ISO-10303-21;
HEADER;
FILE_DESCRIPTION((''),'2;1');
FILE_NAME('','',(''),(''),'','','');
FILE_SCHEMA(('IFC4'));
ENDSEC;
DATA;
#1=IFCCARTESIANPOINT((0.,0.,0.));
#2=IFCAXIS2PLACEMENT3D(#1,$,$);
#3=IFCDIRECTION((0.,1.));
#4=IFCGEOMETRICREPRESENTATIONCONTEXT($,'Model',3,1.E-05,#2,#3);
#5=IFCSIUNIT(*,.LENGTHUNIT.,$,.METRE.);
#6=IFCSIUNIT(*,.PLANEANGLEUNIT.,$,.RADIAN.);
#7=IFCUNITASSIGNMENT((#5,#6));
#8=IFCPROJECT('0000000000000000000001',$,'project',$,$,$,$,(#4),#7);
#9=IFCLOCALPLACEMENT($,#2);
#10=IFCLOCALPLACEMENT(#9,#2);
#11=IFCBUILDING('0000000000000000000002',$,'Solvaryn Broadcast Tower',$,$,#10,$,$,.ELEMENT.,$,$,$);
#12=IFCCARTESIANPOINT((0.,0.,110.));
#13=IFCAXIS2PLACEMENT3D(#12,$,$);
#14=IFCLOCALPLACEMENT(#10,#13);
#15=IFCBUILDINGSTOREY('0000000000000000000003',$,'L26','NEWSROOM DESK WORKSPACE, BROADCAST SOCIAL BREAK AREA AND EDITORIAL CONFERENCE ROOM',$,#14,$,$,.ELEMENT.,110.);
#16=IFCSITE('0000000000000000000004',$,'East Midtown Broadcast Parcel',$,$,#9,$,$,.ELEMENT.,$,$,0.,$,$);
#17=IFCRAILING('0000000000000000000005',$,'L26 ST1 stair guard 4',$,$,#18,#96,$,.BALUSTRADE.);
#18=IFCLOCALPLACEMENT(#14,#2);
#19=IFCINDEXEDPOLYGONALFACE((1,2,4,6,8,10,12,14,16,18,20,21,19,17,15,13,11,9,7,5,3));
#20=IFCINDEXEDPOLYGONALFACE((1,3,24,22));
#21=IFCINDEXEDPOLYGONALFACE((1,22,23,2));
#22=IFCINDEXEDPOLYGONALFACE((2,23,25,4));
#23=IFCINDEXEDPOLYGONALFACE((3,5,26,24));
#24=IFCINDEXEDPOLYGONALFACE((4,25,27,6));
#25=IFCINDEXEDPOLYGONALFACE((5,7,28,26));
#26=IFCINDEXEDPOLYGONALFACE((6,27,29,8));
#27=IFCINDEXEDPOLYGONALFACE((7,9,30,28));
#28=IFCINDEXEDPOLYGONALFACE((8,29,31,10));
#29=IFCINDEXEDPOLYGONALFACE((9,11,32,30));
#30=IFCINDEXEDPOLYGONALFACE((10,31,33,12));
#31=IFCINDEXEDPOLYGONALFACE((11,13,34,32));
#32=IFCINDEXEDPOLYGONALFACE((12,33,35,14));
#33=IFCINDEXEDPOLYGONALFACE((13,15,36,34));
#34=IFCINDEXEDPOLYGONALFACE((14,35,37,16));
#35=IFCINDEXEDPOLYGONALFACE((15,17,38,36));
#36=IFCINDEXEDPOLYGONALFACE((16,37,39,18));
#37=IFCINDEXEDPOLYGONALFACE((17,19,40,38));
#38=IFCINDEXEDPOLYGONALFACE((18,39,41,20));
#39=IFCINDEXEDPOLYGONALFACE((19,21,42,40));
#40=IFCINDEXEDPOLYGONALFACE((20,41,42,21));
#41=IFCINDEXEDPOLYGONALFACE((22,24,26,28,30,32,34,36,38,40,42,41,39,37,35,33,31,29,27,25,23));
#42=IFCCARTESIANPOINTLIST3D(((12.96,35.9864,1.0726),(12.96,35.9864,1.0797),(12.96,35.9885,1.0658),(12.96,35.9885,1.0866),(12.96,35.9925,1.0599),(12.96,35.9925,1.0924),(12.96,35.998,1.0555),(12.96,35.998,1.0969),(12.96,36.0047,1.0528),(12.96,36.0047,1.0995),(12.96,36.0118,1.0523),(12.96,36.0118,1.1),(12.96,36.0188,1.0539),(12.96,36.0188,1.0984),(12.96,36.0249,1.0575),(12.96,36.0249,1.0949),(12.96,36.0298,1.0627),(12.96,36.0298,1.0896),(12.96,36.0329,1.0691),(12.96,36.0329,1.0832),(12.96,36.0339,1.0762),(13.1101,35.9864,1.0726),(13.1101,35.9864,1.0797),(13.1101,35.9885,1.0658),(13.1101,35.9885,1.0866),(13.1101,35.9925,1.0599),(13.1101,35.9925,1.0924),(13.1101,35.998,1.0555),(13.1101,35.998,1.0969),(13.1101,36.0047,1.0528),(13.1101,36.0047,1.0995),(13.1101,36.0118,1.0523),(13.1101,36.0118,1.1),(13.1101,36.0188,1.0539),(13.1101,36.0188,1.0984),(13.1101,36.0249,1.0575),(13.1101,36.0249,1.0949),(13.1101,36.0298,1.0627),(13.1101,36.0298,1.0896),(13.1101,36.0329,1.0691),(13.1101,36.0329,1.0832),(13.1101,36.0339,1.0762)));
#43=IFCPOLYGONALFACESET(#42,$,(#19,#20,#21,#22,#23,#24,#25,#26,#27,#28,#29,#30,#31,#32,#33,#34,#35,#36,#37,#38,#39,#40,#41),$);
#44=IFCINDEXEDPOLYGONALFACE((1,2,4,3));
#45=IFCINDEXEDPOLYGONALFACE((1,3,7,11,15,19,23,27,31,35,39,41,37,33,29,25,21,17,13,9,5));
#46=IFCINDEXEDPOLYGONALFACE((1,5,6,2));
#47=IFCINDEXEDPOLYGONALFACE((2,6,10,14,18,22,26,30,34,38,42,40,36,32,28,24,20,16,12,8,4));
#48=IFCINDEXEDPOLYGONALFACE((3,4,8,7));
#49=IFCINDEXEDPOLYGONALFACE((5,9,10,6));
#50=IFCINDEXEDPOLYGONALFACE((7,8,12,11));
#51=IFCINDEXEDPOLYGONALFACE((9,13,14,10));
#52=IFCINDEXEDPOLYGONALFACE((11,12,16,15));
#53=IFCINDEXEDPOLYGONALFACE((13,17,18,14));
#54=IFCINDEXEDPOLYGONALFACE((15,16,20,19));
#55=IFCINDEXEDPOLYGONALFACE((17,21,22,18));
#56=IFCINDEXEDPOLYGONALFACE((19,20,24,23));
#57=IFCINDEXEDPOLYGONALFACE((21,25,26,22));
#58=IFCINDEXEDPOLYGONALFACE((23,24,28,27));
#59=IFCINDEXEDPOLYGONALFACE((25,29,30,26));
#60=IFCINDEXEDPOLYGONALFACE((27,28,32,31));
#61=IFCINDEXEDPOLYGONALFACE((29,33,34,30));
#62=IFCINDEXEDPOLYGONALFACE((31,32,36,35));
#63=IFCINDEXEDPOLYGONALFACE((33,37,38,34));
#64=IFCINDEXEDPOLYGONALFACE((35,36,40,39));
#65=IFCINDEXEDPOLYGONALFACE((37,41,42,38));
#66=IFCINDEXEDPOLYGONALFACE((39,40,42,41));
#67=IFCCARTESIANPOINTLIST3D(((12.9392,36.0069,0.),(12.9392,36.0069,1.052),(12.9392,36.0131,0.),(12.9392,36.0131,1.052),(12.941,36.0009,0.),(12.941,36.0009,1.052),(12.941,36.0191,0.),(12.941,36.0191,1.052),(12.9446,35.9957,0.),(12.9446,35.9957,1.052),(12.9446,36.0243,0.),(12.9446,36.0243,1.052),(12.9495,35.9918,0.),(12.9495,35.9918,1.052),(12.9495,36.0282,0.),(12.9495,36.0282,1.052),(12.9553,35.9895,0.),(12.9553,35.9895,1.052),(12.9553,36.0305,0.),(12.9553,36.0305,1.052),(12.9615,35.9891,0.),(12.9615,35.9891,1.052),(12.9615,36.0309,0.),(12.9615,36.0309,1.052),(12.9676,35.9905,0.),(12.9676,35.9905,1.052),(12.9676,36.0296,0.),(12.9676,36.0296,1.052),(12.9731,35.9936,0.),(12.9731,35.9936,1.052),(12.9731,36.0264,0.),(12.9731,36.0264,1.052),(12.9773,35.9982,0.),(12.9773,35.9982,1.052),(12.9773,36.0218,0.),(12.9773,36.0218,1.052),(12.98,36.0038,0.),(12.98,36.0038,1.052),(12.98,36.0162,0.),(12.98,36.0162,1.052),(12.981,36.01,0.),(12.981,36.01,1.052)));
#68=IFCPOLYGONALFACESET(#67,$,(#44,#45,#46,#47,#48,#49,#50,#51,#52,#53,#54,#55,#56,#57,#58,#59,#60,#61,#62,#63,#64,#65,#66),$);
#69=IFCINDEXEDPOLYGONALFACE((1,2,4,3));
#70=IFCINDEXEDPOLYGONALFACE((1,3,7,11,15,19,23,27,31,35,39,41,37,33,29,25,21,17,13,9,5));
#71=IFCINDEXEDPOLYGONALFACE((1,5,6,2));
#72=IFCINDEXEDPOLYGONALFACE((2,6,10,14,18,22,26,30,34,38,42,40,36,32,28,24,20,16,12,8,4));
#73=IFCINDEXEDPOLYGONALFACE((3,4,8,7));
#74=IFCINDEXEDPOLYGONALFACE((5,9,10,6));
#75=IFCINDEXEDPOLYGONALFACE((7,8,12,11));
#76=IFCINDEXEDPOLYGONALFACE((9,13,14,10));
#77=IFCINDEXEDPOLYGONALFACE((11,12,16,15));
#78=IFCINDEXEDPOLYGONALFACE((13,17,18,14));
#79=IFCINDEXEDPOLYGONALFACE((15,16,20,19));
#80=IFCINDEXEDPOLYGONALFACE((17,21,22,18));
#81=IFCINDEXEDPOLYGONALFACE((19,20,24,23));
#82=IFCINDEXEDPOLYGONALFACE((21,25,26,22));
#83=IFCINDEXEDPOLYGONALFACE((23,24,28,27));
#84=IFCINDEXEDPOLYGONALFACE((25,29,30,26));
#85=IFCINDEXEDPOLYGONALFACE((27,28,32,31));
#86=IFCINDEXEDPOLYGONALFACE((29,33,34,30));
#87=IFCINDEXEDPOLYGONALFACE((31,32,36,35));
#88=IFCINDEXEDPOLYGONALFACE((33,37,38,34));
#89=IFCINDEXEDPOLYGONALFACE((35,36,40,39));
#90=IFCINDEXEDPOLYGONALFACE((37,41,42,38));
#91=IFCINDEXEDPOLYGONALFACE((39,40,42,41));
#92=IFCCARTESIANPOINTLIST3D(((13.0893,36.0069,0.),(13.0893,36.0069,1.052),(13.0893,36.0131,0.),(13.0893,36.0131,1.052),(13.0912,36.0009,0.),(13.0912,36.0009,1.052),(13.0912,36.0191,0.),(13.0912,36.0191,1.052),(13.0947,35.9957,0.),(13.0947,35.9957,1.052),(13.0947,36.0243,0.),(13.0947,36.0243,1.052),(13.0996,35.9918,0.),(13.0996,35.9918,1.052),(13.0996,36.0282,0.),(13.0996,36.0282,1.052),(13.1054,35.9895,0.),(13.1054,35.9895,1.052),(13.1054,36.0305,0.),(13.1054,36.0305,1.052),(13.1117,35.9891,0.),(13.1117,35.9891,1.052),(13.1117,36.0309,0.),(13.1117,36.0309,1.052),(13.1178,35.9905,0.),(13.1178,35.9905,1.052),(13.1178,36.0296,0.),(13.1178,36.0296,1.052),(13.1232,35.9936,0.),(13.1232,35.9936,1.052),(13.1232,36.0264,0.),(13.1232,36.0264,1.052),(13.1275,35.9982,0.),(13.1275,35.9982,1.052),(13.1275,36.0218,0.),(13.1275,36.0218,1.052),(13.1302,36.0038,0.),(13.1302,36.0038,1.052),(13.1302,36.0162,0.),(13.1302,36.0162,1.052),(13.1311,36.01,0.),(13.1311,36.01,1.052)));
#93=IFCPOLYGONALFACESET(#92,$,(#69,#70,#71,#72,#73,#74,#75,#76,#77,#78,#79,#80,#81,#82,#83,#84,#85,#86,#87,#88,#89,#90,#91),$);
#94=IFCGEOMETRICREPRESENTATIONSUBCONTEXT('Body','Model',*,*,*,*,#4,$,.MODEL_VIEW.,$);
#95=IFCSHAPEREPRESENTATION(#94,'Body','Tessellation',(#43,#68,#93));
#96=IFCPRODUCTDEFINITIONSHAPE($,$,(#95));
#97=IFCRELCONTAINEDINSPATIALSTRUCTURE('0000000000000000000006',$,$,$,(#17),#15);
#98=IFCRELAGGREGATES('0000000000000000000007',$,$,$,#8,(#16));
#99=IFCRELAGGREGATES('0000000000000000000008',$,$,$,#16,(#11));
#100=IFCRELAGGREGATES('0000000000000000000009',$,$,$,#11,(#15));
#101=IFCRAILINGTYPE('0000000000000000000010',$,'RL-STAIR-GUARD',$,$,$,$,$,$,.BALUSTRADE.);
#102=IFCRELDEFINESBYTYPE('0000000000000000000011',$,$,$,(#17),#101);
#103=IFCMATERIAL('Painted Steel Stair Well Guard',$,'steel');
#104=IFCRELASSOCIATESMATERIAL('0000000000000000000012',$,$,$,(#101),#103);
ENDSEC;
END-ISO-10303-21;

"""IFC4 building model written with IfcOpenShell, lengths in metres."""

from ifc_helpers import new_model, si_unit, direction, frame, origin, origin_2d, place, context, subcontext, project, spatial, circle, extrude, material, type_object, element, save


model = new_model("IFC4")

# Units and contexts
model_context = context("Model", 3, precision=1e-05, world=origin(), true_north=direction((0.0, 1.0)))
body_context = subcontext(model_context, "Body", "Model", "MODEL_VIEW")
ifc_project = project(units=[si_unit("LENGTHUNIT", "METRE"), si_unit("PLANEANGLEUNIT", "RADIAN")], contexts=[model_context])

# Site, building, storey
site_placement = place(None, origin())
site = spatial("IfcSite", under=ifc_project, at=site_placement, Name="East Midtown Broadcast Parcel", CompositionType="ELEMENT", RefElevation=0.0)
building_placement = place(site_placement, origin())
building = spatial("IfcBuilding", under=site, at=building_placement, Name="Solvaryn Broadcast Tower", CompositionType="ELEMENT")
storey_placement = place(building_placement, frame((0.0, 0.0, 110.0)))
storey = spatial("IfcBuildingStorey", under=building, at=storey_placement, Name="L26", Description="NEWSROOM DESK WORKSPACE, BROADCAST SOCIAL BREAK AREA AND EDITORIAL CONFERENCE ROOM", CompositionType="ELEMENT", Elevation=110.0)

# Railing
ifc_material_1 = material(Name="Painted Steel Stair Well Guard", Category="steel")
railing_type_1 = type_object("IfcRailingType", Name="RL-STAIR-GUARD", PredefinedType="BALUSTRADE", material=ifc_material_1)
railing_1_placement = place(storey_placement, frame((12.96, 36.01, 0.0)))
element("IfcRailing", 1, at=railing_1_placement, inside=storey, type_object=railing_type_1, Name="L26 ST1 stair guard 4", PredefinedType="BALUSTRADE", context=body_context, shape_type="SweptSolid", body=[
    extrude(circle(Radius=0.0239, at=origin_2d()), frame((0.0, 0.0, 1.0762), z_axis=(1.0, 0.0, 0.0), x_axis=(0.0, 1.0, 0.0)), (0.0, 0.0, 1.0), 0.1501),
    extrude(circle(Radius=0.021, at=origin_2d()), origin(), (0.0, 0.0, 1.0), 1.052),
    extrude(circle(Radius=0.021, at=origin_2d()), frame((0.1501, 0.0, 0.0)), (0.0, 0.0, 1.0), 1.052),
])

save(model, "model.ifc")
